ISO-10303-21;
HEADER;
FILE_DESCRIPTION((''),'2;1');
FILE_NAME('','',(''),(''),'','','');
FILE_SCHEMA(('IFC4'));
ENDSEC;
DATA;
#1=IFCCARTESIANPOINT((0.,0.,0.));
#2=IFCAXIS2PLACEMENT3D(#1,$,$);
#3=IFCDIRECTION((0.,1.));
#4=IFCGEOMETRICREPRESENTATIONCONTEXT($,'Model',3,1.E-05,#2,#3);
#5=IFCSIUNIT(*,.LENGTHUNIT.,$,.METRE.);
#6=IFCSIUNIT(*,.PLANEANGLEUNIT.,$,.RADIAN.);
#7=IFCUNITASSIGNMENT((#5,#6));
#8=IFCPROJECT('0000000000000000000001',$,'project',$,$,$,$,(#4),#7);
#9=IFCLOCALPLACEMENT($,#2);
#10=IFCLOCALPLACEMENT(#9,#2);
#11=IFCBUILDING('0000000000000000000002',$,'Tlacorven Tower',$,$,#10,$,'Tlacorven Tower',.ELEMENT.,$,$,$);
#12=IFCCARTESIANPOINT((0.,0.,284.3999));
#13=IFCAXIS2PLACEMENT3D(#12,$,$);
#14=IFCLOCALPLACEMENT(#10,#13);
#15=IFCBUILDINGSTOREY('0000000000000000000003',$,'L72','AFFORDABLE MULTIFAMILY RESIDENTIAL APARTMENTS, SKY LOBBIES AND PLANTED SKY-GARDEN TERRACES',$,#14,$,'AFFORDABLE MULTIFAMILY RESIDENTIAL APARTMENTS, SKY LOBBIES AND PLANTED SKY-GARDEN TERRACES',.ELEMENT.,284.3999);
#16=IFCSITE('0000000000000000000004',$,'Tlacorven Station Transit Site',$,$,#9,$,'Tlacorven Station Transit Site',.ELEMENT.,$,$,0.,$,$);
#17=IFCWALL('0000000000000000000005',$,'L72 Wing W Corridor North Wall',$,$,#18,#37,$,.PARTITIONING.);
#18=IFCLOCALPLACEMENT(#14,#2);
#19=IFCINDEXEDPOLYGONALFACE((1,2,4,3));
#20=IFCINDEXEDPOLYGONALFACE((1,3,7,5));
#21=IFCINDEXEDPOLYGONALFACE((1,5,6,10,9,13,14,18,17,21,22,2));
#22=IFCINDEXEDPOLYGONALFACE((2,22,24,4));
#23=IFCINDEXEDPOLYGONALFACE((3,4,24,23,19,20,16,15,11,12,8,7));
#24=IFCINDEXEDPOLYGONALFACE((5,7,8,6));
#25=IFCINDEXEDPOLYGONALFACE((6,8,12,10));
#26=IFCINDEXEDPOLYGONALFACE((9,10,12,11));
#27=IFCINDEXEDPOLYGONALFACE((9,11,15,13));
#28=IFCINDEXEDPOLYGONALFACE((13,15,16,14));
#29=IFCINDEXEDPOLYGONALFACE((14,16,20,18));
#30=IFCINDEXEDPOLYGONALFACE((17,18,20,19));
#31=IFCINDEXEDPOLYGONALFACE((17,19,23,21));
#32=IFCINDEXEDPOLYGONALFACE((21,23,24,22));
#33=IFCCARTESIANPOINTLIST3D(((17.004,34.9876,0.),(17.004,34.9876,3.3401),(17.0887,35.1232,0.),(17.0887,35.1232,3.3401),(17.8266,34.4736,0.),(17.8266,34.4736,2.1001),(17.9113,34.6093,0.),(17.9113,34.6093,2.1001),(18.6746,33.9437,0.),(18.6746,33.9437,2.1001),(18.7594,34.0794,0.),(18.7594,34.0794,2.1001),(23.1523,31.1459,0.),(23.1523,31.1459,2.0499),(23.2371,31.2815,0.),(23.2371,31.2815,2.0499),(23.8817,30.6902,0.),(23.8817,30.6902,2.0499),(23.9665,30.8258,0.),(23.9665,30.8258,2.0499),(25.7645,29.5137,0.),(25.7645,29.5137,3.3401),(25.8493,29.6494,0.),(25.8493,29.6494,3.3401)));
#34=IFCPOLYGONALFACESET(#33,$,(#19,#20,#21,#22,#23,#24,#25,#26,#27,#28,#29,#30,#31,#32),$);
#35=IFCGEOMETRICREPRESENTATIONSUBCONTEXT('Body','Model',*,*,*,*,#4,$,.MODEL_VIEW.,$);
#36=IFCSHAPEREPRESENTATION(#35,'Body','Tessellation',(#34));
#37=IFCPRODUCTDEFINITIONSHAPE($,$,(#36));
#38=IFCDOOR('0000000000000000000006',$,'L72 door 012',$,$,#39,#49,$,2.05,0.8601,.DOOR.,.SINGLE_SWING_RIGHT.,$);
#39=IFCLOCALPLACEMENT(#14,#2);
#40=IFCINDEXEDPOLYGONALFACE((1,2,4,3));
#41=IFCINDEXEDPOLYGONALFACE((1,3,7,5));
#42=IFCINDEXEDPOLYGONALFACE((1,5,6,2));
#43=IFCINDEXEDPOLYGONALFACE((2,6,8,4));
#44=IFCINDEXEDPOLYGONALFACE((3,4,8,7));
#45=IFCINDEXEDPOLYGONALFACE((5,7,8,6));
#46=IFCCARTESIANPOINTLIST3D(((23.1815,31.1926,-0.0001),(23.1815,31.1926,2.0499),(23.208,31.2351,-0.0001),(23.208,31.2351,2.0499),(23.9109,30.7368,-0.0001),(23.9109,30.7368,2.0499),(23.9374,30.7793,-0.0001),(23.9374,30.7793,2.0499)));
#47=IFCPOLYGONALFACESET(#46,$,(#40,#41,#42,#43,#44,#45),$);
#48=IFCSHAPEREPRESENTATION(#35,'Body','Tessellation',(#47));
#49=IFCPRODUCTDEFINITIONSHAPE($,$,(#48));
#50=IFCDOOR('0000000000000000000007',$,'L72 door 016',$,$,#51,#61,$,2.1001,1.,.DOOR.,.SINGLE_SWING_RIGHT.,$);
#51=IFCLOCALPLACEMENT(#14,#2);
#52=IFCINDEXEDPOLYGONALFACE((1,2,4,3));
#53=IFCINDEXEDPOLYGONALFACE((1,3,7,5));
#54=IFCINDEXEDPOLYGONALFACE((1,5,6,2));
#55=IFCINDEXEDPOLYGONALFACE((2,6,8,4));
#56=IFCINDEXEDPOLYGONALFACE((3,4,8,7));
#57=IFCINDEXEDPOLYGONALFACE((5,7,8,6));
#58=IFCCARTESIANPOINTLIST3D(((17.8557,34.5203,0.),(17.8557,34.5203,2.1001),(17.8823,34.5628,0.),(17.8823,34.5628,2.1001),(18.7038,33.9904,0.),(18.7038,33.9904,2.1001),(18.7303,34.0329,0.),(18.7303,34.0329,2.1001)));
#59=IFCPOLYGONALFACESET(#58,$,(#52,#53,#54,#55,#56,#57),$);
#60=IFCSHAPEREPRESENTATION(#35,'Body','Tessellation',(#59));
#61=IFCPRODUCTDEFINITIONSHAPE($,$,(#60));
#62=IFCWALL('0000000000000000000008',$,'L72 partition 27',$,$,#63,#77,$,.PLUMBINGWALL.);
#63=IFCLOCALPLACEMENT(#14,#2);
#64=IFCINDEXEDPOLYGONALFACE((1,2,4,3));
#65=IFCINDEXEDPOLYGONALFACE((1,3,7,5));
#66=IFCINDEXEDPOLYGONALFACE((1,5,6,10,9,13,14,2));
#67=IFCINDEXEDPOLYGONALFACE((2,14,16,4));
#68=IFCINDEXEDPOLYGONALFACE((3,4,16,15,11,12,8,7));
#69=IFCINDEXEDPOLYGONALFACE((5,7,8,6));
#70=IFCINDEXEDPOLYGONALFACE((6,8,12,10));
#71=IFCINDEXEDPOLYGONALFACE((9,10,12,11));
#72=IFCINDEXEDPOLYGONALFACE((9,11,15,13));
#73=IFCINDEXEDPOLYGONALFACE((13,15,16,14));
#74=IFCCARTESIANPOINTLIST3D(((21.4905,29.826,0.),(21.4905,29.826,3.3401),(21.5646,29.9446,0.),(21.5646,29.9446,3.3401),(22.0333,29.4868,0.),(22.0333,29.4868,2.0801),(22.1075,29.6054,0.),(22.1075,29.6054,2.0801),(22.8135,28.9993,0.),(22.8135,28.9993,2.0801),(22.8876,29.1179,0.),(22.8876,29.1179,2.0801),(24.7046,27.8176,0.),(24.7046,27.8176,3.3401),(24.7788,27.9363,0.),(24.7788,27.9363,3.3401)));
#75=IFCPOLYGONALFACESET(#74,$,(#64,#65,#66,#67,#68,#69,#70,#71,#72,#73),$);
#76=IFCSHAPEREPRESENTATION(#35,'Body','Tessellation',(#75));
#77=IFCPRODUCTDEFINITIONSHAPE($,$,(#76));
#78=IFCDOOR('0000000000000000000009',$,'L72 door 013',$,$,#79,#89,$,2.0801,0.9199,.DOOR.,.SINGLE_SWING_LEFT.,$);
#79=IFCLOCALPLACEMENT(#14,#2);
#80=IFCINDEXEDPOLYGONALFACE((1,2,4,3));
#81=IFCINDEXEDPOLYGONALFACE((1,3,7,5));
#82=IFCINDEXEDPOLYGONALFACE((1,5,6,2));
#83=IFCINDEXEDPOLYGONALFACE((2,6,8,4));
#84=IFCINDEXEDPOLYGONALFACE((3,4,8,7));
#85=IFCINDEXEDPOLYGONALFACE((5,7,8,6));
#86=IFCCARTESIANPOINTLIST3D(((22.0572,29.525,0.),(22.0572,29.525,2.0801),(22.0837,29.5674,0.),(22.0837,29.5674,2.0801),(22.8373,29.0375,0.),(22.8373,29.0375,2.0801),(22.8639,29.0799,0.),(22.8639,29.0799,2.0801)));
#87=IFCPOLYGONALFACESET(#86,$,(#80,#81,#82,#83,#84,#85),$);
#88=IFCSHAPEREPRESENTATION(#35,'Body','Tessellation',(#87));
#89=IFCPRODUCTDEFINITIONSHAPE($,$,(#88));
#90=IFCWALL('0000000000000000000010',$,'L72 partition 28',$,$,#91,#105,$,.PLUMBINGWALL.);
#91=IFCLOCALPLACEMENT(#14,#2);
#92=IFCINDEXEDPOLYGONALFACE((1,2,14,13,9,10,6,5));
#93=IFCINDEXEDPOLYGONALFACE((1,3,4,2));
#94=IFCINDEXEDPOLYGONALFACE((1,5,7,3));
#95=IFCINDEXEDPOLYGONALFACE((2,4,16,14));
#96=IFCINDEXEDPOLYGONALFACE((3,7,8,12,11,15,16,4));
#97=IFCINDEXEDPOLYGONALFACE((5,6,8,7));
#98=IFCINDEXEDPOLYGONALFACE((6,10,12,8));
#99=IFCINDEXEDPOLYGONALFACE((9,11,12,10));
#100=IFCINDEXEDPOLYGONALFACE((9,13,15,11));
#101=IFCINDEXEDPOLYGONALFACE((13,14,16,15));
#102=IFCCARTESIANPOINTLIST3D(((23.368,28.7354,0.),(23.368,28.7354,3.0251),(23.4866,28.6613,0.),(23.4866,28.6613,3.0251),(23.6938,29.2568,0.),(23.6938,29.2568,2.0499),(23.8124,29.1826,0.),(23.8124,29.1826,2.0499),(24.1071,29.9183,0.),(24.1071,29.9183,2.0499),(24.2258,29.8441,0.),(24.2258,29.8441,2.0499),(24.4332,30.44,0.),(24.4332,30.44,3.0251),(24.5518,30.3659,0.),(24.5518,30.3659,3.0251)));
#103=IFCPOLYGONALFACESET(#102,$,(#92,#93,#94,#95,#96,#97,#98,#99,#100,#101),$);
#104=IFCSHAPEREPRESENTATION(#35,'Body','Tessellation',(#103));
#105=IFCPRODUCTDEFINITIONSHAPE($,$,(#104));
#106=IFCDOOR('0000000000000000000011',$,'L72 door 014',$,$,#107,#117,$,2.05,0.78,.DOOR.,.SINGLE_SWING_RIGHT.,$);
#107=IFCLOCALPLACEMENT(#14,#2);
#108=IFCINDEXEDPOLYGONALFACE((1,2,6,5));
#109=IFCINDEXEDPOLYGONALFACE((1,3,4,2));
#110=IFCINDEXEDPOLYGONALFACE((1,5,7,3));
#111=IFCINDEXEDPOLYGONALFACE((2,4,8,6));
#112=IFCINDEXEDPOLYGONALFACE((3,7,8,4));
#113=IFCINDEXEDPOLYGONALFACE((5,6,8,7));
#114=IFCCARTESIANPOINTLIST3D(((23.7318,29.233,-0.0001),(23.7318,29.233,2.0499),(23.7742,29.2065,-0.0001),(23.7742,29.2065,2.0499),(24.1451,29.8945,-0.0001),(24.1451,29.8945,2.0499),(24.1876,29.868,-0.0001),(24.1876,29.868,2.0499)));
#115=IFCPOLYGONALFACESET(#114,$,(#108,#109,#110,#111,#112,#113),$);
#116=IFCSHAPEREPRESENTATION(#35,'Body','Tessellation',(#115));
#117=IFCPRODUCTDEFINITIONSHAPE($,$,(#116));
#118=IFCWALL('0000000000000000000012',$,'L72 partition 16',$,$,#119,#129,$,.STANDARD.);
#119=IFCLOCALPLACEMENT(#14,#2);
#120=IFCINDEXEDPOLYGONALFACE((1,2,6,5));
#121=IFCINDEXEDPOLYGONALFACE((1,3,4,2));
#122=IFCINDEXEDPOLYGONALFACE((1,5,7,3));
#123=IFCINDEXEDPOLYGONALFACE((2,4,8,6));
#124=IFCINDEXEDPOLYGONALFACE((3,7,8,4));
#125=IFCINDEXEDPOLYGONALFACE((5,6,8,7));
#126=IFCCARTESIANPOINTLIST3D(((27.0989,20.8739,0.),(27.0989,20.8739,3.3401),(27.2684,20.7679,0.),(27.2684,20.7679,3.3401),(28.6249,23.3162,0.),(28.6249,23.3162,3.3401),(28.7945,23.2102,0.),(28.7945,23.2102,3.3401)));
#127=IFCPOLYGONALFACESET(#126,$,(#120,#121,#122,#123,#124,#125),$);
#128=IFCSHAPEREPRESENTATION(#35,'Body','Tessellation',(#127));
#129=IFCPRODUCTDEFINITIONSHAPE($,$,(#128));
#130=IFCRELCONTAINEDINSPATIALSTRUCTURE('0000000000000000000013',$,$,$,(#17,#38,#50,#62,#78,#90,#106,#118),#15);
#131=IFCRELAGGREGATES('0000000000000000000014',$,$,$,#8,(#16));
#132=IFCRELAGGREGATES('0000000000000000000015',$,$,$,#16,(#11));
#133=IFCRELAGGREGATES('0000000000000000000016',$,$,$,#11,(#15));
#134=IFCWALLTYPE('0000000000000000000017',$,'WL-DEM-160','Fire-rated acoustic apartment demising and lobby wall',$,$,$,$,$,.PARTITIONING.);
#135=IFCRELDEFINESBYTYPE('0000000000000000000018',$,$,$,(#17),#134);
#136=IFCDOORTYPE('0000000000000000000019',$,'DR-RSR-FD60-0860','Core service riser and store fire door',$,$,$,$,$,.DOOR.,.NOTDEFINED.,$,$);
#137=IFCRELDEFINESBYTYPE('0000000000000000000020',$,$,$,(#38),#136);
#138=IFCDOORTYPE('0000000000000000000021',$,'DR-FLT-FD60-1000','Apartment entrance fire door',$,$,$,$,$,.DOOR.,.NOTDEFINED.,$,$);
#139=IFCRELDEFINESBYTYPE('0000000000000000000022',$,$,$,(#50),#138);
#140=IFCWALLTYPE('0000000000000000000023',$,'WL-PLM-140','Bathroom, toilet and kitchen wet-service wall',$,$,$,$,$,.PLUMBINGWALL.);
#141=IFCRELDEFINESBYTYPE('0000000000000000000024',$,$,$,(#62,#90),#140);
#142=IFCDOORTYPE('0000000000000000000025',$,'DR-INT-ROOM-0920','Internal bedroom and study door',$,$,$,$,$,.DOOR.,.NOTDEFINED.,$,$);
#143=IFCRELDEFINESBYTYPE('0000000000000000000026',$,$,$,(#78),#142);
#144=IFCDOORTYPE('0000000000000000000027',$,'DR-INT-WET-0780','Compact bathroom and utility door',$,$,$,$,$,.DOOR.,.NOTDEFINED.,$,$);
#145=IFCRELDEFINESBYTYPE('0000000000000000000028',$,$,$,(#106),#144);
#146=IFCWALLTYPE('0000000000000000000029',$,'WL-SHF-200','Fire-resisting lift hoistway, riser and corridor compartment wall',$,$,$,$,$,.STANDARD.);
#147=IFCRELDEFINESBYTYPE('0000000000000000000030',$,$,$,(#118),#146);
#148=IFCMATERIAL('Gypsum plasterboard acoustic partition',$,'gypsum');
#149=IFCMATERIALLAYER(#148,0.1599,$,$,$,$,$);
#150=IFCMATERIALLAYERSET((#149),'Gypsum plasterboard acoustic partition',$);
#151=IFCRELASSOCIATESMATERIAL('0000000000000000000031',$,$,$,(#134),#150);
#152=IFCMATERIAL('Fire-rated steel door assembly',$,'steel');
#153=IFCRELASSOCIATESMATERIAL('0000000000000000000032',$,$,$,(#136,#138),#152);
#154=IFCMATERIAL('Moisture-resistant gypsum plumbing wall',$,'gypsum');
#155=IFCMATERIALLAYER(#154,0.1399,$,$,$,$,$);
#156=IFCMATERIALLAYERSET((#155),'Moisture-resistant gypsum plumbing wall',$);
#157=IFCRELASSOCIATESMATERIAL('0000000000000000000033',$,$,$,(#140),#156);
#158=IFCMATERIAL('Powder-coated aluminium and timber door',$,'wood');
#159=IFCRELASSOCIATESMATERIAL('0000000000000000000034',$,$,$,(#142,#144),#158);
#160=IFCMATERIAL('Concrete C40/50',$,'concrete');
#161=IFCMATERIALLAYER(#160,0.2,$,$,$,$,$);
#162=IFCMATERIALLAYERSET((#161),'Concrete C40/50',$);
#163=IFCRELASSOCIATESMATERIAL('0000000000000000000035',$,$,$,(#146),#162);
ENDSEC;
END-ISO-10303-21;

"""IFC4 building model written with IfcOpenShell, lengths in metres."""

from ifc_helpers import new_model, si_unit, direction, frame, frame_2d, origin, place, context, subcontext, project, spatial, rectangle, extrude, source, transform, mapped, material, layer, layer_set, type_object, element, fill, save


model = new_model("IFC4")

# Units and contexts
model_context = context("Model", 3, precision=1e-05, world=origin(), true_north=direction((0.0, 1.0)))
body_context = subcontext(model_context, "Body", "Model", "MODEL_VIEW")
ifc_project = project(units=[si_unit("LENGTHUNIT", "METRE"), si_unit("PLANEANGLEUNIT", "RADIAN")], contexts=[model_context])

# Site, building, storey
site_placement = place(None, origin())
site = spatial("IfcSite", under=ifc_project, at=site_placement, Name="Tlacorven Station Transit Site", LongName="Tlacorven Station Transit Site", CompositionType="ELEMENT", RefElevation=0.0)
building_placement = place(site_placement, origin())
building = spatial("IfcBuilding", under=site, at=building_placement, Name="Tlacorven Tower", LongName="Tlacorven Tower", CompositionType="ELEMENT")
storey_placement = place(building_placement, frame((0.0, 0.0, 284.3999)))
storey = spatial("IfcBuildingStorey", under=building, at=storey_placement, Name="L72", Description="AFFORDABLE MULTIFAMILY RESIDENTIAL APARTMENTS, SKY LOBBIES AND PLANTED SKY-GARDEN TERRACES", LongName="AFFORDABLE MULTIFAMILY RESIDENTIAL APARTMENTS, SKY LOBBIES AND PLANTED SKY-GARDEN TERRACES", CompositionType="ELEMENT", Elevation=284.3999)

# Shared definitions
ifc_material_1 = material(Name="Gypsum plasterboard acoustic partition", Category="gypsum")
ifc_layer_1 = layer(ifc_material_1, 0.1599)
ifc_layer_set_1 = layer_set([ifc_layer_1], Name="Gypsum plasterboard acoustic partition")
wall_type_1 = type_object("IfcWallType", Name="WL-DEM-160", Description="Fire-rated acoustic apartment demising and lobby wall", PredefinedType="PARTITIONING", material=ifc_layer_set_1)

# Wall, openings, doors
wall_1_placement = place(storey_placement, frame((25.8069, 29.5815, 0.0), z_axis=(0.0, 0.0, 1.0), x_axis=(-0.848061, 0.529899, 0.0)))
wall_1 = element("IfcWall", 1, at=wall_1_placement, inside=storey, type_object=wall_type_1, Name="L72 Wing W Corridor North Wall", PredefinedType="PARTITIONING", context=body_context, shape_type="SweptSolid", body=[
    extrude(rectangle(XDim=10.3301, YDim=0.1599, at=frame_2d((5.165, 0.0))), origin(), (0.0, 0.0, 1.0), 3.3401),
])
opening_1_placement = place(wall_1_placement, frame((2.22, 0.0, 0.0)))
opening_1 = element("IfcOpeningElement", 2, at=opening_1_placement, cuts=wall_1, PredefinedType="OPENING", context=body_context, shape_type="SweptSolid", body=[
    extrude(rectangle(XDim=0.8601, YDim=2.05, at=frame_2d((0.4302, 1.0249))), frame((0.0, 0.0898, 0.0), z_axis=(0.0, -1.0, 0.0), x_axis=(1.0, 0.0, 0.0)), (0.0, 0.0, 1.0), 0.1799),
])
opening_2_placement = place(wall_1_placement, frame((8.3601, 0.0, 0.0)))
opening_2 = element("IfcOpeningElement", 3, at=opening_2_placement, cuts=wall_1, PredefinedType="OPENING", context=body_context, shape_type="SweptSolid", body=[
    extrude(rectangle(XDim=1.0, YDim=2.1001, at=frame_2d((0.5, 1.05))), frame((0.0, 0.0898, 0.0), z_axis=(0.0, -1.0, 0.0), x_axis=(1.0, 0.0, 0.0)), (0.0, 0.0, 1.0), 0.1799),
])
ifc_material_2 = material(Name="Fire-rated steel door assembly", Category="steel")
door_type_1 = type_object("IfcDoorType", Name="DR-RSR-FD60-0860", Description="Core service riser and store fire door", OperationType="NOTDEFINED", PredefinedType="DOOR", material=ifc_material_2)
shared_shape_1 = source(origin(), body_context, "Body", "SweptSolid", [
    extrude(rectangle(XDim=0.8601, YDim=2.05, at=frame_2d((0.4302, 1.0249))), frame((0.0, 0.0249, 0.0), z_axis=(0.0, -1.0, 0.0), x_axis=(1.0, 0.0, 0.0)), (0.0, 0.0, 1.0), 0.05),
])
door_1_placement = place(opening_1_placement, origin())
door_1 = element("IfcDoor", 4, at=door_1_placement, inside=storey, type_object=door_type_1, Name="L72 door 012", OperationType="SINGLE_SWING_RIGHT", OverallHeight=2.05, OverallWidth=0.8601, PredefinedType="DOOR", context=body_context, shape_type="MappedRepresentation", body=[
    mapped(shared_shape_1, transform((0.0, 0.0, 0.0), scale=1.0)),
])
fill(opening_1, door_1)
door_type_2 = type_object("IfcDoorType", Name="DR-FLT-FD60-1000", Description="Apartment entrance fire door", OperationType="NOTDEFINED", PredefinedType="DOOR", material=ifc_material_2)
shared_shape_2 = source(origin(), body_context, "Body", "SweptSolid", [
    extrude(rectangle(XDim=1.0, YDim=2.1001, at=frame_2d((0.5, 1.05))), frame((0.0, 0.0249, 0.0), z_axis=(0.0, -1.0, 0.0), x_axis=(1.0, 0.0, 0.0)), (0.0, 0.0, 1.0), 0.05),
])
door_2_placement = place(opening_2_placement, origin())
door_2 = element("IfcDoor", 5, at=door_2_placement, inside=storey, type_object=door_type_2, Name="L72 door 016", OperationType="SINGLE_SWING_RIGHT", OverallHeight=2.1001, OverallWidth=1.0, PredefinedType="DOOR", context=body_context, shape_type="MappedRepresentation", body=[
    mapped(shared_shape_2, transform((0.0, 0.0, 0.0), scale=1.0)),
])
fill(opening_2, door_2)

# Walls, openings, doors
ifc_material_3 = material(Name="Moisture-resistant gypsum plumbing wall", Category="gypsum")
ifc_layer_2 = layer(ifc_material_3, 0.1399)
ifc_layer_set_2 = layer_set([ifc_layer_2], Name="Moisture-resistant gypsum plumbing wall")
wall_type_2 = type_object("IfcWallType", Name="WL-PLM-140", Description="Bathroom, toilet and kitchen wet-service wall", PredefinedType="PLUMBINGWALL", material=ifc_layer_set_2)
wall_2_placement = place(storey_placement, frame((24.7417, 27.877, 0.0), z_axis=(0.0, 0.0, 1.0), x_axis=(-0.84806, 0.529901, 0.0)))
wall_2 = element("IfcWall", 6, at=wall_2_placement, inside=storey, type_object=wall_type_2, Name="L72 partition 27", PredefinedType="PLUMBINGWALL", context=body_context, shape_type="SweptSolid", body=[
    extrude(rectangle(XDim=3.79, YDim=0.1399, at=frame_2d((1.895, 0.0))), origin(), (0.0, 0.0, 1.0), 3.3401),
])
opening_3_placement = place(wall_2_placement, frame((2.23, 0.0, 0.0)))
opening_3 = element("IfcOpeningElement", 7, at=opening_3_placement, cuts=wall_2, PredefinedType="OPENING", context=body_context, shape_type="SweptSolid", body=[
    extrude(rectangle(XDim=0.9199, YDim=2.0801, at=frame_2d((0.46, 1.04))), frame((0.0, 0.0801, 0.0), z_axis=(0.0, -1.0, 0.0), x_axis=(1.0, 0.0, 0.0)), (0.0, 0.0, 1.0), 0.1599),
])
ifc_material_4 = material(Name="Powder-coated aluminium and timber door", Category="wood")
door_type_3 = type_object("IfcDoorType", Name="DR-INT-ROOM-0920", Description="Internal bedroom and study door", OperationType="NOTDEFINED", PredefinedType="DOOR", material=ifc_material_4)
shared_shape_3 = source(origin(), body_context, "Body", "SweptSolid", [
    extrude(rectangle(XDim=0.9199, YDim=2.0801, at=frame_2d((0.46, 1.04))), frame((0.0, 0.0249, 0.0), z_axis=(0.0, -1.0, 0.0), x_axis=(1.0, 0.0, 0.0)), (0.0, 0.0, 1.0), 0.05),
])
door_3_placement = place(opening_3_placement, origin())
door_3 = element("IfcDoor", 8, at=door_3_placement, inside=storey, type_object=door_type_3, Name="L72 door 013", OperationType="SINGLE_SWING_LEFT", OverallHeight=2.0801, OverallWidth=0.9199, PredefinedType="DOOR", context=body_context, shape_type="MappedRepresentation", body=[
    mapped(shared_shape_3, transform((0.0, 0.0, 0.0), scale=1.0)),
])
fill(opening_3, door_3)
wall_3_placement = place(storey_placement, frame((24.4924, 30.4028, 0.0), z_axis=(0.0, 0.0, 1.0), x_axis=(-0.529933, -0.848039, 0.0)))
wall_3 = element("IfcWall", 9, at=wall_3_placement, inside=storey, type_object=wall_type_2, Name="L72 partition 28", PredefinedType="PLUMBINGWALL", context=body_context, shape_type="SweptSolid", body=[
    extrude(rectangle(XDim=2.01, YDim=0.1399, at=frame_2d((1.0049, 0.0))), origin(), (0.0, 0.0, 1.0), 3.0251),
])
opening_4_placement = place(wall_3_placement, frame((0.615, 0.0, 0.0)))
opening_4 = element("IfcOpeningElement", 10, at=opening_4_placement, cuts=wall_3, PredefinedType="OPENING", context=body_context, shape_type="SweptSolid", body=[
    extrude(rectangle(XDim=0.78, YDim=2.05, at=frame_2d((0.3901, 1.0249))), frame((0.0, 0.0801, 0.0), z_axis=(0.0, -1.0, 0.0), x_axis=(1.0, 0.0, 0.0)), (0.0, 0.0, 1.0), 0.1599),
])
door_type_4 = type_object("IfcDoorType", Name="DR-INT-WET-0780", Description="Compact bathroom and utility door", OperationType="NOTDEFINED", PredefinedType="DOOR", material=ifc_material_4)
shared_shape_4 = source(origin(), body_context, "Body", "SweptSolid", [
    extrude(rectangle(XDim=0.78, YDim=2.05, at=frame_2d((0.3901, 1.0249))), frame((0.0, 0.0249, 0.0), z_axis=(0.0, -1.0, 0.0), x_axis=(1.0, 0.0, 0.0)), (0.0, 0.0, 1.0), 0.05),
])
door_4_placement = place(opening_4_placement, origin())
door_4 = element("IfcDoor", 11, at=door_4_placement, inside=storey, type_object=door_type_4, Name="L72 door 014", OperationType="SINGLE_SWING_RIGHT", OverallHeight=2.05, OverallWidth=0.78, PredefinedType="DOOR", context=body_context, shape_type="MappedRepresentation", body=[
    mapped(shared_shape_4, transform((0.0, 0.0, 0.0), scale=1.0)),
])
fill(opening_4, door_4)

# Wall
ifc_material_5 = material(Name="Concrete C40/50", Category="concrete")
ifc_layer_3 = layer(ifc_material_5, 0.2)
ifc_layer_set_3 = layer_set([ifc_layer_3], Name="Concrete C40/50")
wall_type_3 = type_object("IfcWallType", Name="WL-SHF-200", Description="Fire-resisting lift hoistway, riser and corridor compartment wall", PredefinedType="STANDARD", material=ifc_layer_set_3)
wall_4_placement = place(storey_placement, frame((28.7097, 23.2632, 0.0), z_axis=(0.0, 0.0, 1.0), x_axis=(-0.529907, -0.848055, 0.0)))
element("IfcWall", 12, at=wall_4_placement, inside=storey, type_object=wall_type_3, Name="L72 partition 16", PredefinedType="STANDARD", context=body_context, shape_type="SweptSolid", body=[
    extrude(rectangle(XDim=2.8799, YDim=0.2, at=frame_2d((1.4399, 0.0))), origin(), (0.0, 0.0, 1.0), 3.3401),
])

save(model, "model.ifc")
